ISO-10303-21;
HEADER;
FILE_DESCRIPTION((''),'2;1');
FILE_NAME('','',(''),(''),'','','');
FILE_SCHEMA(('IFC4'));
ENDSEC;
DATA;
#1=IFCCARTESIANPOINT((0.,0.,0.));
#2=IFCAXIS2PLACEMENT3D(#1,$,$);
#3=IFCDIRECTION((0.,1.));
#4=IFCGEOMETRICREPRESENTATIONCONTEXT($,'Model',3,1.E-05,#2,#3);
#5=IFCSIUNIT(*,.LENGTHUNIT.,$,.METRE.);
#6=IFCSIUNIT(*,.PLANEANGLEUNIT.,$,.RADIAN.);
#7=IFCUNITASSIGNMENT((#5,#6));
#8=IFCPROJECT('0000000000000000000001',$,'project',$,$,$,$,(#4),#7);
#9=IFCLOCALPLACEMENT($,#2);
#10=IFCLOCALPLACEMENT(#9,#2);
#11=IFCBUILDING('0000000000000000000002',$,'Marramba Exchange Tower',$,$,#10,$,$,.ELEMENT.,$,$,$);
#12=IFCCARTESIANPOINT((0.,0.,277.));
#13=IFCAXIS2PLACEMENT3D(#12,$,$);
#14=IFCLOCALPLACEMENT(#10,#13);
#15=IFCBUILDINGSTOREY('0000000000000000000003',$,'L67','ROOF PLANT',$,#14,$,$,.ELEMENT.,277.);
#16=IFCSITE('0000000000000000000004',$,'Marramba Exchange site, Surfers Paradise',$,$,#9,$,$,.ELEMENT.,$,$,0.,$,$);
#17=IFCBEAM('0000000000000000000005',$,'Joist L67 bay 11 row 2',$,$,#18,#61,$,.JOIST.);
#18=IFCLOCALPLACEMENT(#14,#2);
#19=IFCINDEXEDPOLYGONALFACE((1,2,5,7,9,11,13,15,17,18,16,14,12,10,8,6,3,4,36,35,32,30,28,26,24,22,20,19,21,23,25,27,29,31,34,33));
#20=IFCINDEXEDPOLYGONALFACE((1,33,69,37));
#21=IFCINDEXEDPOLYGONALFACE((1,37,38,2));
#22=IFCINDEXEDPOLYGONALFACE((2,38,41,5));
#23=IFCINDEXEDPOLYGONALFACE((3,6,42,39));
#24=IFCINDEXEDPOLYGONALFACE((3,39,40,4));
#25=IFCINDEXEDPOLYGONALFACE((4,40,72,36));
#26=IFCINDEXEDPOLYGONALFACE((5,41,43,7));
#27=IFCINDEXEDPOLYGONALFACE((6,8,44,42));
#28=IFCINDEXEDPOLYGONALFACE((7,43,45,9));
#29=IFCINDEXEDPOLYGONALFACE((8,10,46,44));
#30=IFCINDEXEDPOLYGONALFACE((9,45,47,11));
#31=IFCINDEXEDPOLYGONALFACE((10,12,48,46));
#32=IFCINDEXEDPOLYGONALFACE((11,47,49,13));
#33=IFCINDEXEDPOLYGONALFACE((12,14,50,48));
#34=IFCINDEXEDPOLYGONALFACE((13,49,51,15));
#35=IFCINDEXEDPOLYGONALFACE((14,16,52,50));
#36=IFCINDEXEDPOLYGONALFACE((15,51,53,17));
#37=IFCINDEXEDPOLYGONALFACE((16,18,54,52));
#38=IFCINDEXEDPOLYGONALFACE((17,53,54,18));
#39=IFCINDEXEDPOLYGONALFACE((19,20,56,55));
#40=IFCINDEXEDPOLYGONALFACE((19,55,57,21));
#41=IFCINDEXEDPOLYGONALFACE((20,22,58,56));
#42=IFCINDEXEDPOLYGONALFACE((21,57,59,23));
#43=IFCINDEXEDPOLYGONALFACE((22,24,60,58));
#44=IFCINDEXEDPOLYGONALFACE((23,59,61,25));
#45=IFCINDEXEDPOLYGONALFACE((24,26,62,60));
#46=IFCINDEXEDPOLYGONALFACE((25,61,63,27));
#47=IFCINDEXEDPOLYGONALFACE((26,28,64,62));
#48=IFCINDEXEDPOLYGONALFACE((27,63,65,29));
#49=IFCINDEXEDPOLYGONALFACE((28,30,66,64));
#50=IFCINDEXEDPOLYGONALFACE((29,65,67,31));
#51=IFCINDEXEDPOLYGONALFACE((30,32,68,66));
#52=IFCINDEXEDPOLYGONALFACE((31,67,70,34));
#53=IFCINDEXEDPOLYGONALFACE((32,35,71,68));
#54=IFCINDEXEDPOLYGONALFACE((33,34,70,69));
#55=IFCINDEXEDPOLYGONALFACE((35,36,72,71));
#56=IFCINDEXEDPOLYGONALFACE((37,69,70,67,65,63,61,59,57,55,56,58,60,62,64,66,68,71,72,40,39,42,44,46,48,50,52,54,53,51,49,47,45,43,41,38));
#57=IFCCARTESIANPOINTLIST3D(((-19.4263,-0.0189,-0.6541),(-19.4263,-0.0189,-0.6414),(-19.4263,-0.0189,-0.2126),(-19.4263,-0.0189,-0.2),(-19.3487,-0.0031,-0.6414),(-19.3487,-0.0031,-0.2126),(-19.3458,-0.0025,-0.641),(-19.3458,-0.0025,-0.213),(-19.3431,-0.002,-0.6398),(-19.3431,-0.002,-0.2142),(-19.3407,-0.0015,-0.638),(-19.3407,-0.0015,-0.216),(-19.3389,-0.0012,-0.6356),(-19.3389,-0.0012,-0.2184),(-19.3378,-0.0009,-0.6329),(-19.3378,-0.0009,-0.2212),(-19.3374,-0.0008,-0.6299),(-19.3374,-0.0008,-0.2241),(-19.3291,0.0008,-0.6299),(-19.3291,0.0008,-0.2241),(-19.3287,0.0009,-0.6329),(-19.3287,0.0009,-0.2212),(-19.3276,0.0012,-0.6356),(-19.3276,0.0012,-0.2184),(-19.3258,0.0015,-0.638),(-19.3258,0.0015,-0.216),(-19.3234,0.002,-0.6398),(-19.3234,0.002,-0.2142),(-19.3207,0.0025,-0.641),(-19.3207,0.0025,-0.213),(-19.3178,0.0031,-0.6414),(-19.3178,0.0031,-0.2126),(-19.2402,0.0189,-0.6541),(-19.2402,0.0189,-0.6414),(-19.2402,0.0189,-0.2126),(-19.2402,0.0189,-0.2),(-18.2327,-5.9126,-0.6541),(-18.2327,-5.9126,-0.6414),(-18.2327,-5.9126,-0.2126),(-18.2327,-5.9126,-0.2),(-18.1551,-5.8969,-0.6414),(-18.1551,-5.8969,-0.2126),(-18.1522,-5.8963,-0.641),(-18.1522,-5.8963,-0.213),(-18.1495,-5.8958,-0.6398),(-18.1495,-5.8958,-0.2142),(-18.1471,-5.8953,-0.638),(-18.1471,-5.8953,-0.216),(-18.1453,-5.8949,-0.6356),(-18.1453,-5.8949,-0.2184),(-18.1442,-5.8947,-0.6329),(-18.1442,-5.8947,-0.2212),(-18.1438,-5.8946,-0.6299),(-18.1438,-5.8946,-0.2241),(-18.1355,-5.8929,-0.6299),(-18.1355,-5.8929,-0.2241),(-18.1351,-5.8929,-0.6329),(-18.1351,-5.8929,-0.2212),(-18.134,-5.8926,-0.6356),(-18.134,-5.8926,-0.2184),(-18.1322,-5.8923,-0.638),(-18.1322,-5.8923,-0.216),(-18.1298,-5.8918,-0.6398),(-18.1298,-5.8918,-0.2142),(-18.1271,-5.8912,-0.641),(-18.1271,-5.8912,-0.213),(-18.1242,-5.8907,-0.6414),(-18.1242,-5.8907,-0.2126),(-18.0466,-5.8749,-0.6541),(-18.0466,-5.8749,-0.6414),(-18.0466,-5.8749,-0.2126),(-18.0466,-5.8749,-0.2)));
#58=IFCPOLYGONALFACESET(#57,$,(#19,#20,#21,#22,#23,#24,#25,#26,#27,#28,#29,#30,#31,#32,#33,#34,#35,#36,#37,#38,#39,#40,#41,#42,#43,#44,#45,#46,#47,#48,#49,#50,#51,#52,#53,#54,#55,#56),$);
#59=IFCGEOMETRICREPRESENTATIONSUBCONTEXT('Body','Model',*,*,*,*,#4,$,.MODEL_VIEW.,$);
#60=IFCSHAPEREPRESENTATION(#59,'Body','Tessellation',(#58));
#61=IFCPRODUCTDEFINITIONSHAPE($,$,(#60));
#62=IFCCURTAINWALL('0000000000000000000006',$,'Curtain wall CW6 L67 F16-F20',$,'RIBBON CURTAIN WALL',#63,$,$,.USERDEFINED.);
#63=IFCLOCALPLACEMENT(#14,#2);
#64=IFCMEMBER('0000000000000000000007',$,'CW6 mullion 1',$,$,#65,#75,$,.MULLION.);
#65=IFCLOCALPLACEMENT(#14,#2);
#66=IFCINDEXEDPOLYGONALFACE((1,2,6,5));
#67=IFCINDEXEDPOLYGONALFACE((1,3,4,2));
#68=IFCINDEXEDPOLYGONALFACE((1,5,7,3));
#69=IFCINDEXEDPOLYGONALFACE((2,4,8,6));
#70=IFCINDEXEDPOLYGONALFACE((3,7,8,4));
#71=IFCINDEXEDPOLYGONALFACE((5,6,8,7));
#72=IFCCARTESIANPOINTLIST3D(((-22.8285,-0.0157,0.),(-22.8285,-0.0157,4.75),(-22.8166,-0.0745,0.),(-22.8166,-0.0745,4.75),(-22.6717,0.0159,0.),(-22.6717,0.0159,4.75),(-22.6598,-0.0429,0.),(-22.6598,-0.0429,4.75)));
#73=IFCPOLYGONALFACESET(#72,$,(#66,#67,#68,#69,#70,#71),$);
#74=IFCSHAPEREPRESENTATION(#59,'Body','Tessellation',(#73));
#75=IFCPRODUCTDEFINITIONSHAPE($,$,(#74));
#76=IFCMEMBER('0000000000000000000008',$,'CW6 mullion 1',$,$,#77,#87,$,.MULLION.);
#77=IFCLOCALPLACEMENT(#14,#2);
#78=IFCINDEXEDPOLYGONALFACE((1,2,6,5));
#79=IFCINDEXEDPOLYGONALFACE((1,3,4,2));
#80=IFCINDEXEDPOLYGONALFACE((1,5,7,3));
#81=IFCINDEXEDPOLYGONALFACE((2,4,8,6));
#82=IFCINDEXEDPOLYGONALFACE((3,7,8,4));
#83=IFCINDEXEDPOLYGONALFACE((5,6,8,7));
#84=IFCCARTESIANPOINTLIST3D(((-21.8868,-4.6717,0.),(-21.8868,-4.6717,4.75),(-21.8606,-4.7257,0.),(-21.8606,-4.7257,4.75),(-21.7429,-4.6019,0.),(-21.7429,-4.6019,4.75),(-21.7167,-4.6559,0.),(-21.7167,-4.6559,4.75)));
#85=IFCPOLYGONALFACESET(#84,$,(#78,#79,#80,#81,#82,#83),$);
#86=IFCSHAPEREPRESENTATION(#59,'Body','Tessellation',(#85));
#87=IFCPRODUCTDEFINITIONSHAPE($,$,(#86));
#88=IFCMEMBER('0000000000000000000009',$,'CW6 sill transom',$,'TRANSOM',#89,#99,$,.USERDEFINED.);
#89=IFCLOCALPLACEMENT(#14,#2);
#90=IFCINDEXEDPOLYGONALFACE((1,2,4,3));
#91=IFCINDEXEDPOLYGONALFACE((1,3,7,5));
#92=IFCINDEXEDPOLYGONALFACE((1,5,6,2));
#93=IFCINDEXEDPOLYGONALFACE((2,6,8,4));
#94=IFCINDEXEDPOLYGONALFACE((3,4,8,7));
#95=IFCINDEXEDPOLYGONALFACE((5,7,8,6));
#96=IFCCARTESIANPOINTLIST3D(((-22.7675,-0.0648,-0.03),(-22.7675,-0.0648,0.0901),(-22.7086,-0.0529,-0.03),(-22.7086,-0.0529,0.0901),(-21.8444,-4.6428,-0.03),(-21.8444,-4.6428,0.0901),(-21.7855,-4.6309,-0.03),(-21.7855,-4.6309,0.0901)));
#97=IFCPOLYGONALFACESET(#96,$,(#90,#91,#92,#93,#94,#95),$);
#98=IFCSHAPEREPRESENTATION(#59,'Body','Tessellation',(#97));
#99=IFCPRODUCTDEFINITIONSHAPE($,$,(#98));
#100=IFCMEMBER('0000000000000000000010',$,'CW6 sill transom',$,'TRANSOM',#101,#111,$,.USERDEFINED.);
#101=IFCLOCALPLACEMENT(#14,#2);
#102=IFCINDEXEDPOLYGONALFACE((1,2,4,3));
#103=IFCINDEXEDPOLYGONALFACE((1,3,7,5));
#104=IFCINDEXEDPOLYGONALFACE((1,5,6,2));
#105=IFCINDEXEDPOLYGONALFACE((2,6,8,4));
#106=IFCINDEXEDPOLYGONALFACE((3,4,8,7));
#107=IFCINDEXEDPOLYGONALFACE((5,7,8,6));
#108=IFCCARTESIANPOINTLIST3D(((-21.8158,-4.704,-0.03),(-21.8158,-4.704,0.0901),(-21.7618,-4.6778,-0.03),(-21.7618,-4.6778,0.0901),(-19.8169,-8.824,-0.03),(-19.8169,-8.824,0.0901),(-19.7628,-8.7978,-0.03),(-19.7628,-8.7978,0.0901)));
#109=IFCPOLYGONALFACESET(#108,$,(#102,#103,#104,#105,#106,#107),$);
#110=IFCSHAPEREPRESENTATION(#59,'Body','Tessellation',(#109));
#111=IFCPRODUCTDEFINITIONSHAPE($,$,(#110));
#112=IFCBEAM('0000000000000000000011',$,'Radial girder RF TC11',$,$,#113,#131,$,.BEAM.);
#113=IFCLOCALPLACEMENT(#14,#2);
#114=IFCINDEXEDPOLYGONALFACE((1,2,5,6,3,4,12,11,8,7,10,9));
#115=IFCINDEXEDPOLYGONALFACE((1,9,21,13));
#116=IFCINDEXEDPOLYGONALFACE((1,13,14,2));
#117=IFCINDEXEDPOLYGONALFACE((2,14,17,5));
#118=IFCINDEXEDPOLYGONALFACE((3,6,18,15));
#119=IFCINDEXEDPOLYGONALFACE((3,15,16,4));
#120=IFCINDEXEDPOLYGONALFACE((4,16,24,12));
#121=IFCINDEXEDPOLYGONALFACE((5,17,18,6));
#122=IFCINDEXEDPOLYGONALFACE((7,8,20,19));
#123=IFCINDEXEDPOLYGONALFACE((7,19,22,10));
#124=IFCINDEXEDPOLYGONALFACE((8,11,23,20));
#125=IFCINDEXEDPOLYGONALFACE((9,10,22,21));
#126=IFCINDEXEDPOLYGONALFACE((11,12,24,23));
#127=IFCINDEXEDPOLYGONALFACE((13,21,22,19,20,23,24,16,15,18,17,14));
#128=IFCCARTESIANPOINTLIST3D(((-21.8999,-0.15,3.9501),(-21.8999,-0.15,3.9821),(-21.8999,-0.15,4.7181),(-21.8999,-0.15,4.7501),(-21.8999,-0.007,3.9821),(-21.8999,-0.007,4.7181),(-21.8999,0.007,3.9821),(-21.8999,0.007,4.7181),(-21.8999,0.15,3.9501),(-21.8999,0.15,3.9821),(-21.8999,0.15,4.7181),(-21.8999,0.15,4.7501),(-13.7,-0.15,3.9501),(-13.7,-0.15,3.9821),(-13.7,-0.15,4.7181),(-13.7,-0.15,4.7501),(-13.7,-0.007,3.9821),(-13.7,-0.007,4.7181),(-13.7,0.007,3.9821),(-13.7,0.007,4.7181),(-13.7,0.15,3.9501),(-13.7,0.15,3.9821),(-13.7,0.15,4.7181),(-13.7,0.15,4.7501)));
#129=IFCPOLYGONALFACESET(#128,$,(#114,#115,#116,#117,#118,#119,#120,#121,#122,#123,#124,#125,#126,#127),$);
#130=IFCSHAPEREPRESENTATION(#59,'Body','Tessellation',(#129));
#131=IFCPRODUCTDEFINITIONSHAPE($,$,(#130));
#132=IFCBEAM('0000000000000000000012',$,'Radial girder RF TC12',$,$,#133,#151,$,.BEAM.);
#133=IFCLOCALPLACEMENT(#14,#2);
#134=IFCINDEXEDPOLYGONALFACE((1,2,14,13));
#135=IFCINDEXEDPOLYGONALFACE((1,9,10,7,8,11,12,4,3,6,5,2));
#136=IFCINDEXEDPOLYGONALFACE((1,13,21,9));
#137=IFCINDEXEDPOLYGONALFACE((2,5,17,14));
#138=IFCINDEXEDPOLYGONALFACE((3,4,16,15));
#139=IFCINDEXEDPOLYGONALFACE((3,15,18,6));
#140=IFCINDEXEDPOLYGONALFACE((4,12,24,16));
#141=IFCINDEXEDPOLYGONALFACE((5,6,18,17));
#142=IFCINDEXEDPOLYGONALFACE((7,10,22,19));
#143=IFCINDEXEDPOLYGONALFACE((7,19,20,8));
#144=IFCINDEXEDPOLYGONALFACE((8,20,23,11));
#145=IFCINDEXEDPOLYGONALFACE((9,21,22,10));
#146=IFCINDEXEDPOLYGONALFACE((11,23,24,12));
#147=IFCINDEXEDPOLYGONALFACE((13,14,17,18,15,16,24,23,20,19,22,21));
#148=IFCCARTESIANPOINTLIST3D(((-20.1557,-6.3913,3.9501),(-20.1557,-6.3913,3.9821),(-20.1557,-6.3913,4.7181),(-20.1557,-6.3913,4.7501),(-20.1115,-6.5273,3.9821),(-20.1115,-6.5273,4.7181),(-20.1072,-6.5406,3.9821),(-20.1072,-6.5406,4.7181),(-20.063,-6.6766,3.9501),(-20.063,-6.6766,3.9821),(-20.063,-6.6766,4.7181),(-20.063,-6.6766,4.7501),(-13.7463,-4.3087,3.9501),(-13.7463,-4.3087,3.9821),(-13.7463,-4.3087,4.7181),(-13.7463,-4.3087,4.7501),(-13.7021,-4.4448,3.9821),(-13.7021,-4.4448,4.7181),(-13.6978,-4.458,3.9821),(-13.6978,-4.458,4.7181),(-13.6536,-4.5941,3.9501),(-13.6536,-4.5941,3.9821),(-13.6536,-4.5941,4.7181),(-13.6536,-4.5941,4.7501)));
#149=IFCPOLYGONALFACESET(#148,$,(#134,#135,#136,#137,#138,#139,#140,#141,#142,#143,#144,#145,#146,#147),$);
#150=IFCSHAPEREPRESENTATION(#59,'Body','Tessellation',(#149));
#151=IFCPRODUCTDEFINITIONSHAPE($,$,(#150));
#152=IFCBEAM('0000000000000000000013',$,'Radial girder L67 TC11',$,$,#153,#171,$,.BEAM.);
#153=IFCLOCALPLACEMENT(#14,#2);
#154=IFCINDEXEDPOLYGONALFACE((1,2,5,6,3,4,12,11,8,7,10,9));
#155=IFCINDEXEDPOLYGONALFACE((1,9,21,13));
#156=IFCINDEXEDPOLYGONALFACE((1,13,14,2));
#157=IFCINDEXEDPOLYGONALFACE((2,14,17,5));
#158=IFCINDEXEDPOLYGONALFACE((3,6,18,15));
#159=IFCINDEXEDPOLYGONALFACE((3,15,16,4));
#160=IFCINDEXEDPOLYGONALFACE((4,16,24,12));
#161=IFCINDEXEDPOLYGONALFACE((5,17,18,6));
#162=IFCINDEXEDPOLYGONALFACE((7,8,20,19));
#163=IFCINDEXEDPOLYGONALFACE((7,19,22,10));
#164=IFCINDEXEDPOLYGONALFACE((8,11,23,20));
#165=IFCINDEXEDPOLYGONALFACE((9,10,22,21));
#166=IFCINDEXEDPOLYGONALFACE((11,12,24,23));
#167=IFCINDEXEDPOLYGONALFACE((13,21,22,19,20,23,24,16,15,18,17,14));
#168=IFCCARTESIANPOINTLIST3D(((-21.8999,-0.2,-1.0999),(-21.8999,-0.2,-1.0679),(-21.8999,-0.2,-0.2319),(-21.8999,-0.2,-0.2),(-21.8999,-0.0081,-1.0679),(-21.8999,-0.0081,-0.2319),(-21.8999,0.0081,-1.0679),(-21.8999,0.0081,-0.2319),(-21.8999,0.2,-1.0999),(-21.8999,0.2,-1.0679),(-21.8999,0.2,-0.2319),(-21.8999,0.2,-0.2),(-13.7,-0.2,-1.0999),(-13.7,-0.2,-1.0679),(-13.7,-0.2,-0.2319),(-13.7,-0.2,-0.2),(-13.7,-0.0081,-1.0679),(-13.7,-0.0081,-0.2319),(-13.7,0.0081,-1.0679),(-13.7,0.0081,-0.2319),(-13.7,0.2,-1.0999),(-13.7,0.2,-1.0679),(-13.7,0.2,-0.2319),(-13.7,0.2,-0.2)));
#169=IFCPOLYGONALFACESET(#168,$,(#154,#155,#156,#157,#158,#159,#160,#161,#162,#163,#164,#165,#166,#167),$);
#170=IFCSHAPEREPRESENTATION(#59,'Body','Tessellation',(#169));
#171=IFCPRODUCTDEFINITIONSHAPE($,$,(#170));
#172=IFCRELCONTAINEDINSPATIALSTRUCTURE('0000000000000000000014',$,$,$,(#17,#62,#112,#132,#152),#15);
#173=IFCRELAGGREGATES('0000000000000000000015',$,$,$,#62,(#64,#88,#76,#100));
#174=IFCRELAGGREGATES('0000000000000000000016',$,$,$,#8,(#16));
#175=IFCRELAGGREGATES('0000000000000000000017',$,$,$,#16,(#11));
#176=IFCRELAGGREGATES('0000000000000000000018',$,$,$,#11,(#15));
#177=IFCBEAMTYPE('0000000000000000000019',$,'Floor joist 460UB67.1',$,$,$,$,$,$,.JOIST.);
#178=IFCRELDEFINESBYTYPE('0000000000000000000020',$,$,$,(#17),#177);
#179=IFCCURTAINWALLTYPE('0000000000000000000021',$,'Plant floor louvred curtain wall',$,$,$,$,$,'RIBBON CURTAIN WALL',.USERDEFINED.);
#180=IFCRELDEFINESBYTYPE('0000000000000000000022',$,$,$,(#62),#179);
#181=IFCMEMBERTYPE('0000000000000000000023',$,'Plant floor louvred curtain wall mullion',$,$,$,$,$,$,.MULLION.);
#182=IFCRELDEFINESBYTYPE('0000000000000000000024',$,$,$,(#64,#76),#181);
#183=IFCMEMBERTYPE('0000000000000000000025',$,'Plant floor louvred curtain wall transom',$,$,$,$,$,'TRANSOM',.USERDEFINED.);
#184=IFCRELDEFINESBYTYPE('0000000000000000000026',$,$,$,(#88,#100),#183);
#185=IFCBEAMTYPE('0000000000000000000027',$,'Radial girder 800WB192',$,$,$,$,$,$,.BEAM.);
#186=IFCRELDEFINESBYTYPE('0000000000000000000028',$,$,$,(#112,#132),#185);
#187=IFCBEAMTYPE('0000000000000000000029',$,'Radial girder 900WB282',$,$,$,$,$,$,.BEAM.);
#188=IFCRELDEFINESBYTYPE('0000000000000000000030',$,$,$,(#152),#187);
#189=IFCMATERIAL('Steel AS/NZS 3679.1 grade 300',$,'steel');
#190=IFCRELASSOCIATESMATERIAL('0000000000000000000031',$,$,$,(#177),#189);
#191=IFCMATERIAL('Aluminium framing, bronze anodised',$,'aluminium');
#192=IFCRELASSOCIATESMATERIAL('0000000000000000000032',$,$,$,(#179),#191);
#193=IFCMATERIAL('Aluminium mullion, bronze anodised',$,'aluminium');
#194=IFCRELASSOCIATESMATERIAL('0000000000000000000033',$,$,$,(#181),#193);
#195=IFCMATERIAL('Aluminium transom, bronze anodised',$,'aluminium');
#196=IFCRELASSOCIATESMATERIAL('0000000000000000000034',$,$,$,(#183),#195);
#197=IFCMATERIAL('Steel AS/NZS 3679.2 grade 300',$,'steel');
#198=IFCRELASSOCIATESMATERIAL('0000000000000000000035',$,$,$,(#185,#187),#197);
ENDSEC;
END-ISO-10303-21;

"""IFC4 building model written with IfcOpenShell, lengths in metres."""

from ifc_helpers import new_model, si_unit, direction, frame, origin, origin_2d, place, context, subcontext, project, spatial, rectangle, i_section, extrude, material, material_profile, profile_set, type_object, element, aggregate, save


model = new_model("IFC4")

# Units and contexts
model_context = context("Model", 3, precision=1e-05, world=origin(), true_north=direction((0.0, 1.0)))
body_context = subcontext(model_context, "Body", "Model", "MODEL_VIEW")
ifc_project = project(units=[si_unit("LENGTHUNIT", "METRE"), si_unit("PLANEANGLEUNIT", "RADIAN")], contexts=[model_context])

# Site, building, storey
site_placement = place(None, origin())
site = spatial("IfcSite", under=ifc_project, at=site_placement, Name="Marramba Exchange site, Surfers Paradise", CompositionType="ELEMENT", RefElevation=0.0)
building_placement = place(site_placement, origin())
building = spatial("IfcBuilding", under=site, at=building_placement, Name="Marramba Exchange Tower", CompositionType="ELEMENT")
storey_placement = place(building_placement, frame((0.0, 0.0, 277.0)))
storey = spatial("IfcBuildingStorey", under=building, at=storey_placement, Name="L67", Description="ROOF PLANT", CompositionType="ELEMENT", Elevation=277.0)

# Beam
ifc_material_1 = material(Name="Steel AS/NZS 3679.1 grade 300", Category="steel")
ifc_material_profile_1 = material_profile(ifc_material_1, i_section(OverallWidth=0.1899, OverallDepth=0.4541, WebThickness=0.0085, FlangeThickness=0.0127, FilletRadius=0.0115, at=origin_2d()), Name="460UB67.1")
ifc_profile_set_1 = profile_set([ifc_material_profile_1], Name="Steel AS/NZS 3679.1 grade 300")
beam_type_1 = type_object("IfcBeamType", Name="Floor joist 460UB67.1", PredefinedType="JOIST", material=ifc_profile_set_1)
beam_1_placement = place(storey_placement, frame((-19.3333, 0.0, -0.427), z_axis=(0.198489, -0.980103, 0.0), x_axis=(0.980103, 0.198489, 0.0)))
element("IfcBeam", 1, at=beam_1_placement, inside=storey, type_object=beam_type_1, Name="Joist L67 bay 11 row 2", PredefinedType="JOIST", context=body_context, shape_type="SweptSolid", body=[
    extrude(i_section(OverallWidth=0.1899, OverallDepth=0.4541, WebThickness=0.0085, FlangeThickness=0.0127, FilletRadius=0.0115, at=origin_2d()), origin(), (0.0, 0.0, 1.0), 6.0134),
])

# Curtain wall, members
ifc_material_2 = material(Name="Aluminium framing, bronze anodised", Category="aluminium")
curtain_wall_type = type_object("IfcCurtainWallType", Name="Plant floor louvred curtain wall", ElementType="RIBBON CURTAIN WALL", PredefinedType="USERDEFINED", material=ifc_material_2)
curtain_wall_placement = place(storey_placement, origin())
curtain_wall = element("IfcCurtainWall", 2, at=curtain_wall_placement, inside=storey, type_object=curtain_wall_type, Name="Curtain wall CW6 L67 F16-F20", ObjectType="RIBBON CURTAIN WALL", PredefinedType="USERDEFINED")
ifc_material_3 = material(Name="Aluminium mullion, bronze anodised", Category="aluminium")
ifc_material_profile_2 = material_profile(ifc_material_3, rectangle(XDim=0.1599, YDim=0.0601, at=origin_2d()), Name="CW6 mullion 60x160")
ifc_profile_set_2 = profile_set([ifc_material_profile_2], Name="Aluminium mullion, bronze anodised")
member_type_1 = type_object("IfcMemberType", Name="Plant floor louvred curtain wall mullion", PredefinedType="MULLION", material=ifc_profile_set_2)
member_1_placement = place(storey_placement, frame((-22.7441, -0.0293, 0.0), z_axis=(0.0, 0.0, 1.0), x_axis=(0.980269, 0.197671, 0.0)))
member_1 = element("IfcMember", 3, at=member_1_placement, type_object=member_type_1, Name="CW6 mullion 1", PredefinedType="MULLION", context=body_context, shape_type="SweptSolid", body=[
    extrude(rectangle(XDim=0.1599, YDim=0.0601, at=origin_2d()), origin(), (0.0, 0.0, 1.0), 4.75),
])
member_2_placement = place(storey_placement, frame((-21.8018, -4.6638, 0.0), z_axis=(0.0, 0.0, 1.0), x_axis=(0.899697, 0.436515, 0.0)))
member_2 = element("IfcMember", 4, at=member_2_placement, type_object=member_type_1, Name="CW6 mullion 1", PredefinedType="MULLION", context=body_context, shape_type="SweptSolid", body=[
    extrude(rectangle(XDim=0.1599, YDim=0.0601, at=origin_2d()), origin(), (0.0, 0.0, 1.0), 4.75),
])
ifc_material_4 = material(Name="Aluminium transom, bronze anodised", Category="aluminium")
ifc_material_profile_3 = material_profile(ifc_material_4, rectangle(XDim=0.0601, YDim=0.1201, at=origin_2d()), Name="CW6 transom 60x120")
ifc_profile_set_3 = profile_set([ifc_material_profile_3], Name="Aluminium transom, bronze anodised")
member_type_2 = type_object("IfcMemberType", Name="Plant floor louvred curtain wall transom", ElementType="TRANSOM", PredefinedType="USERDEFINED", material=ifc_profile_set_3)
member_3_placement = place(storey_placement, frame((-22.738, -0.0588, 0.03), z_axis=(0.197654, -0.980272, 0.0), x_axis=(0.980272, 0.197654, 0.0)))
member_3 = element("IfcMember", 5, at=member_3_placement, type_object=member_type_2, Name="CW6 sill transom", ObjectType="TRANSOM", PredefinedType="USERDEFINED", context=body_context, shape_type="SweptSolid", body=[
    extrude(rectangle(XDim=0.0601, YDim=0.1201, at=origin_2d()), origin(), (0.0, 0.0, 1.0), 4.6702),
])
member_4_placement = place(storey_placement, frame((-21.7888, -4.6909, 0.03), z_axis=(0.436519, -0.899695, 0.0), x_axis=(0.899695, 0.436519, 0.0)))
member_4 = element("IfcMember", 6, at=member_4_placement, type_object=member_type_2, Name="CW6 sill transom", ObjectType="TRANSOM", PredefinedType="USERDEFINED", context=body_context, shape_type="SweptSolid", body=[
    extrude(rectangle(XDim=0.0601, YDim=0.1201, at=origin_2d()), origin(), (0.0, 0.0, 1.0), 4.5793),
])

# Beams
ifc_material_5 = material(Name="Steel AS/NZS 3679.2 grade 300", Category="steel")
ifc_material_profile_4 = material_profile(ifc_material_5, i_section(OverallWidth=0.3, OverallDepth=0.8, WebThickness=0.0139, FlangeThickness=0.032, at=origin_2d()), Name="800WB192")
ifc_profile_set_4 = profile_set([ifc_material_profile_4], Name="Steel AS/NZS 3679.2 grade 300")
beam_type_2 = type_object("IfcBeamType", Name="Radial girder 800WB192", PredefinedType="BEAM", material=ifc_profile_set_4)
beam_2_placement = place(storey_placement, frame((-13.7, 0.0, 4.3501), z_axis=(-1.0, 0.0, 0.0), x_axis=(0.0, -1.0, 0.0)))
element("IfcBeam", 7, at=beam_2_placement, inside=storey, type_object=beam_type_2, Name="Radial girder RF TC11", PredefinedType="BEAM", context=body_context, shape_type="SweptSolid", body=[
    extrude(i_section(OverallWidth=0.3, OverallDepth=0.8, WebThickness=0.0139, FlangeThickness=0.032, at=origin_2d()), origin(), (0.0, 0.0, 1.0), 8.2),
])
beam_3_placement = place(storey_placement, frame((-13.7, -4.4514, 4.3501), z_axis=(-0.951058, -0.309013, 0.0), x_axis=(0.309013, -0.951058, 0.0)))
element("IfcBeam", 8, at=beam_3_placement, inside=storey, type_object=beam_type_2, Name="Radial girder RF TC12", PredefinedType="BEAM", context=body_context, shape_type="SweptSolid", body=[
    extrude(i_section(OverallWidth=0.3, OverallDepth=0.8, WebThickness=0.0139, FlangeThickness=0.032, at=origin_2d()), origin(), (0.0, 0.0, 1.0), 6.7393),
])
ifc_material_profile_5 = material_profile(ifc_material_5, i_section(OverallWidth=0.3999, OverallDepth=0.8999, WebThickness=0.0161, FlangeThickness=0.032, at=origin_2d()), Name="900WB282")
ifc_profile_set_5 = profile_set([ifc_material_profile_5], Name="Steel AS/NZS 3679.2 grade 300")
beam_type_3 = type_object("IfcBeamType", Name="Radial girder 900WB282", PredefinedType="BEAM", material=ifc_profile_set_5)
beam_4_placement = place(storey_placement, frame((-13.7, 0.0, -0.6499), z_axis=(-1.0, 0.0, 0.0), x_axis=(0.0, -1.0, 0.0)))
element("IfcBeam", 9, at=beam_4_placement, inside=storey, type_object=beam_type_3, Name="Radial girder L67 TC11", PredefinedType="BEAM", context=body_context, shape_type="SweptSolid", body=[
    extrude(i_section(OverallWidth=0.3999, OverallDepth=0.8999, WebThickness=0.0161, FlangeThickness=0.032, at=origin_2d()), origin(), (0.0, 0.0, 1.0), 8.2),
])

aggregate(curtain_wall, [member_1, member_3, member_2, member_4])

save(model, "model.ifc")
